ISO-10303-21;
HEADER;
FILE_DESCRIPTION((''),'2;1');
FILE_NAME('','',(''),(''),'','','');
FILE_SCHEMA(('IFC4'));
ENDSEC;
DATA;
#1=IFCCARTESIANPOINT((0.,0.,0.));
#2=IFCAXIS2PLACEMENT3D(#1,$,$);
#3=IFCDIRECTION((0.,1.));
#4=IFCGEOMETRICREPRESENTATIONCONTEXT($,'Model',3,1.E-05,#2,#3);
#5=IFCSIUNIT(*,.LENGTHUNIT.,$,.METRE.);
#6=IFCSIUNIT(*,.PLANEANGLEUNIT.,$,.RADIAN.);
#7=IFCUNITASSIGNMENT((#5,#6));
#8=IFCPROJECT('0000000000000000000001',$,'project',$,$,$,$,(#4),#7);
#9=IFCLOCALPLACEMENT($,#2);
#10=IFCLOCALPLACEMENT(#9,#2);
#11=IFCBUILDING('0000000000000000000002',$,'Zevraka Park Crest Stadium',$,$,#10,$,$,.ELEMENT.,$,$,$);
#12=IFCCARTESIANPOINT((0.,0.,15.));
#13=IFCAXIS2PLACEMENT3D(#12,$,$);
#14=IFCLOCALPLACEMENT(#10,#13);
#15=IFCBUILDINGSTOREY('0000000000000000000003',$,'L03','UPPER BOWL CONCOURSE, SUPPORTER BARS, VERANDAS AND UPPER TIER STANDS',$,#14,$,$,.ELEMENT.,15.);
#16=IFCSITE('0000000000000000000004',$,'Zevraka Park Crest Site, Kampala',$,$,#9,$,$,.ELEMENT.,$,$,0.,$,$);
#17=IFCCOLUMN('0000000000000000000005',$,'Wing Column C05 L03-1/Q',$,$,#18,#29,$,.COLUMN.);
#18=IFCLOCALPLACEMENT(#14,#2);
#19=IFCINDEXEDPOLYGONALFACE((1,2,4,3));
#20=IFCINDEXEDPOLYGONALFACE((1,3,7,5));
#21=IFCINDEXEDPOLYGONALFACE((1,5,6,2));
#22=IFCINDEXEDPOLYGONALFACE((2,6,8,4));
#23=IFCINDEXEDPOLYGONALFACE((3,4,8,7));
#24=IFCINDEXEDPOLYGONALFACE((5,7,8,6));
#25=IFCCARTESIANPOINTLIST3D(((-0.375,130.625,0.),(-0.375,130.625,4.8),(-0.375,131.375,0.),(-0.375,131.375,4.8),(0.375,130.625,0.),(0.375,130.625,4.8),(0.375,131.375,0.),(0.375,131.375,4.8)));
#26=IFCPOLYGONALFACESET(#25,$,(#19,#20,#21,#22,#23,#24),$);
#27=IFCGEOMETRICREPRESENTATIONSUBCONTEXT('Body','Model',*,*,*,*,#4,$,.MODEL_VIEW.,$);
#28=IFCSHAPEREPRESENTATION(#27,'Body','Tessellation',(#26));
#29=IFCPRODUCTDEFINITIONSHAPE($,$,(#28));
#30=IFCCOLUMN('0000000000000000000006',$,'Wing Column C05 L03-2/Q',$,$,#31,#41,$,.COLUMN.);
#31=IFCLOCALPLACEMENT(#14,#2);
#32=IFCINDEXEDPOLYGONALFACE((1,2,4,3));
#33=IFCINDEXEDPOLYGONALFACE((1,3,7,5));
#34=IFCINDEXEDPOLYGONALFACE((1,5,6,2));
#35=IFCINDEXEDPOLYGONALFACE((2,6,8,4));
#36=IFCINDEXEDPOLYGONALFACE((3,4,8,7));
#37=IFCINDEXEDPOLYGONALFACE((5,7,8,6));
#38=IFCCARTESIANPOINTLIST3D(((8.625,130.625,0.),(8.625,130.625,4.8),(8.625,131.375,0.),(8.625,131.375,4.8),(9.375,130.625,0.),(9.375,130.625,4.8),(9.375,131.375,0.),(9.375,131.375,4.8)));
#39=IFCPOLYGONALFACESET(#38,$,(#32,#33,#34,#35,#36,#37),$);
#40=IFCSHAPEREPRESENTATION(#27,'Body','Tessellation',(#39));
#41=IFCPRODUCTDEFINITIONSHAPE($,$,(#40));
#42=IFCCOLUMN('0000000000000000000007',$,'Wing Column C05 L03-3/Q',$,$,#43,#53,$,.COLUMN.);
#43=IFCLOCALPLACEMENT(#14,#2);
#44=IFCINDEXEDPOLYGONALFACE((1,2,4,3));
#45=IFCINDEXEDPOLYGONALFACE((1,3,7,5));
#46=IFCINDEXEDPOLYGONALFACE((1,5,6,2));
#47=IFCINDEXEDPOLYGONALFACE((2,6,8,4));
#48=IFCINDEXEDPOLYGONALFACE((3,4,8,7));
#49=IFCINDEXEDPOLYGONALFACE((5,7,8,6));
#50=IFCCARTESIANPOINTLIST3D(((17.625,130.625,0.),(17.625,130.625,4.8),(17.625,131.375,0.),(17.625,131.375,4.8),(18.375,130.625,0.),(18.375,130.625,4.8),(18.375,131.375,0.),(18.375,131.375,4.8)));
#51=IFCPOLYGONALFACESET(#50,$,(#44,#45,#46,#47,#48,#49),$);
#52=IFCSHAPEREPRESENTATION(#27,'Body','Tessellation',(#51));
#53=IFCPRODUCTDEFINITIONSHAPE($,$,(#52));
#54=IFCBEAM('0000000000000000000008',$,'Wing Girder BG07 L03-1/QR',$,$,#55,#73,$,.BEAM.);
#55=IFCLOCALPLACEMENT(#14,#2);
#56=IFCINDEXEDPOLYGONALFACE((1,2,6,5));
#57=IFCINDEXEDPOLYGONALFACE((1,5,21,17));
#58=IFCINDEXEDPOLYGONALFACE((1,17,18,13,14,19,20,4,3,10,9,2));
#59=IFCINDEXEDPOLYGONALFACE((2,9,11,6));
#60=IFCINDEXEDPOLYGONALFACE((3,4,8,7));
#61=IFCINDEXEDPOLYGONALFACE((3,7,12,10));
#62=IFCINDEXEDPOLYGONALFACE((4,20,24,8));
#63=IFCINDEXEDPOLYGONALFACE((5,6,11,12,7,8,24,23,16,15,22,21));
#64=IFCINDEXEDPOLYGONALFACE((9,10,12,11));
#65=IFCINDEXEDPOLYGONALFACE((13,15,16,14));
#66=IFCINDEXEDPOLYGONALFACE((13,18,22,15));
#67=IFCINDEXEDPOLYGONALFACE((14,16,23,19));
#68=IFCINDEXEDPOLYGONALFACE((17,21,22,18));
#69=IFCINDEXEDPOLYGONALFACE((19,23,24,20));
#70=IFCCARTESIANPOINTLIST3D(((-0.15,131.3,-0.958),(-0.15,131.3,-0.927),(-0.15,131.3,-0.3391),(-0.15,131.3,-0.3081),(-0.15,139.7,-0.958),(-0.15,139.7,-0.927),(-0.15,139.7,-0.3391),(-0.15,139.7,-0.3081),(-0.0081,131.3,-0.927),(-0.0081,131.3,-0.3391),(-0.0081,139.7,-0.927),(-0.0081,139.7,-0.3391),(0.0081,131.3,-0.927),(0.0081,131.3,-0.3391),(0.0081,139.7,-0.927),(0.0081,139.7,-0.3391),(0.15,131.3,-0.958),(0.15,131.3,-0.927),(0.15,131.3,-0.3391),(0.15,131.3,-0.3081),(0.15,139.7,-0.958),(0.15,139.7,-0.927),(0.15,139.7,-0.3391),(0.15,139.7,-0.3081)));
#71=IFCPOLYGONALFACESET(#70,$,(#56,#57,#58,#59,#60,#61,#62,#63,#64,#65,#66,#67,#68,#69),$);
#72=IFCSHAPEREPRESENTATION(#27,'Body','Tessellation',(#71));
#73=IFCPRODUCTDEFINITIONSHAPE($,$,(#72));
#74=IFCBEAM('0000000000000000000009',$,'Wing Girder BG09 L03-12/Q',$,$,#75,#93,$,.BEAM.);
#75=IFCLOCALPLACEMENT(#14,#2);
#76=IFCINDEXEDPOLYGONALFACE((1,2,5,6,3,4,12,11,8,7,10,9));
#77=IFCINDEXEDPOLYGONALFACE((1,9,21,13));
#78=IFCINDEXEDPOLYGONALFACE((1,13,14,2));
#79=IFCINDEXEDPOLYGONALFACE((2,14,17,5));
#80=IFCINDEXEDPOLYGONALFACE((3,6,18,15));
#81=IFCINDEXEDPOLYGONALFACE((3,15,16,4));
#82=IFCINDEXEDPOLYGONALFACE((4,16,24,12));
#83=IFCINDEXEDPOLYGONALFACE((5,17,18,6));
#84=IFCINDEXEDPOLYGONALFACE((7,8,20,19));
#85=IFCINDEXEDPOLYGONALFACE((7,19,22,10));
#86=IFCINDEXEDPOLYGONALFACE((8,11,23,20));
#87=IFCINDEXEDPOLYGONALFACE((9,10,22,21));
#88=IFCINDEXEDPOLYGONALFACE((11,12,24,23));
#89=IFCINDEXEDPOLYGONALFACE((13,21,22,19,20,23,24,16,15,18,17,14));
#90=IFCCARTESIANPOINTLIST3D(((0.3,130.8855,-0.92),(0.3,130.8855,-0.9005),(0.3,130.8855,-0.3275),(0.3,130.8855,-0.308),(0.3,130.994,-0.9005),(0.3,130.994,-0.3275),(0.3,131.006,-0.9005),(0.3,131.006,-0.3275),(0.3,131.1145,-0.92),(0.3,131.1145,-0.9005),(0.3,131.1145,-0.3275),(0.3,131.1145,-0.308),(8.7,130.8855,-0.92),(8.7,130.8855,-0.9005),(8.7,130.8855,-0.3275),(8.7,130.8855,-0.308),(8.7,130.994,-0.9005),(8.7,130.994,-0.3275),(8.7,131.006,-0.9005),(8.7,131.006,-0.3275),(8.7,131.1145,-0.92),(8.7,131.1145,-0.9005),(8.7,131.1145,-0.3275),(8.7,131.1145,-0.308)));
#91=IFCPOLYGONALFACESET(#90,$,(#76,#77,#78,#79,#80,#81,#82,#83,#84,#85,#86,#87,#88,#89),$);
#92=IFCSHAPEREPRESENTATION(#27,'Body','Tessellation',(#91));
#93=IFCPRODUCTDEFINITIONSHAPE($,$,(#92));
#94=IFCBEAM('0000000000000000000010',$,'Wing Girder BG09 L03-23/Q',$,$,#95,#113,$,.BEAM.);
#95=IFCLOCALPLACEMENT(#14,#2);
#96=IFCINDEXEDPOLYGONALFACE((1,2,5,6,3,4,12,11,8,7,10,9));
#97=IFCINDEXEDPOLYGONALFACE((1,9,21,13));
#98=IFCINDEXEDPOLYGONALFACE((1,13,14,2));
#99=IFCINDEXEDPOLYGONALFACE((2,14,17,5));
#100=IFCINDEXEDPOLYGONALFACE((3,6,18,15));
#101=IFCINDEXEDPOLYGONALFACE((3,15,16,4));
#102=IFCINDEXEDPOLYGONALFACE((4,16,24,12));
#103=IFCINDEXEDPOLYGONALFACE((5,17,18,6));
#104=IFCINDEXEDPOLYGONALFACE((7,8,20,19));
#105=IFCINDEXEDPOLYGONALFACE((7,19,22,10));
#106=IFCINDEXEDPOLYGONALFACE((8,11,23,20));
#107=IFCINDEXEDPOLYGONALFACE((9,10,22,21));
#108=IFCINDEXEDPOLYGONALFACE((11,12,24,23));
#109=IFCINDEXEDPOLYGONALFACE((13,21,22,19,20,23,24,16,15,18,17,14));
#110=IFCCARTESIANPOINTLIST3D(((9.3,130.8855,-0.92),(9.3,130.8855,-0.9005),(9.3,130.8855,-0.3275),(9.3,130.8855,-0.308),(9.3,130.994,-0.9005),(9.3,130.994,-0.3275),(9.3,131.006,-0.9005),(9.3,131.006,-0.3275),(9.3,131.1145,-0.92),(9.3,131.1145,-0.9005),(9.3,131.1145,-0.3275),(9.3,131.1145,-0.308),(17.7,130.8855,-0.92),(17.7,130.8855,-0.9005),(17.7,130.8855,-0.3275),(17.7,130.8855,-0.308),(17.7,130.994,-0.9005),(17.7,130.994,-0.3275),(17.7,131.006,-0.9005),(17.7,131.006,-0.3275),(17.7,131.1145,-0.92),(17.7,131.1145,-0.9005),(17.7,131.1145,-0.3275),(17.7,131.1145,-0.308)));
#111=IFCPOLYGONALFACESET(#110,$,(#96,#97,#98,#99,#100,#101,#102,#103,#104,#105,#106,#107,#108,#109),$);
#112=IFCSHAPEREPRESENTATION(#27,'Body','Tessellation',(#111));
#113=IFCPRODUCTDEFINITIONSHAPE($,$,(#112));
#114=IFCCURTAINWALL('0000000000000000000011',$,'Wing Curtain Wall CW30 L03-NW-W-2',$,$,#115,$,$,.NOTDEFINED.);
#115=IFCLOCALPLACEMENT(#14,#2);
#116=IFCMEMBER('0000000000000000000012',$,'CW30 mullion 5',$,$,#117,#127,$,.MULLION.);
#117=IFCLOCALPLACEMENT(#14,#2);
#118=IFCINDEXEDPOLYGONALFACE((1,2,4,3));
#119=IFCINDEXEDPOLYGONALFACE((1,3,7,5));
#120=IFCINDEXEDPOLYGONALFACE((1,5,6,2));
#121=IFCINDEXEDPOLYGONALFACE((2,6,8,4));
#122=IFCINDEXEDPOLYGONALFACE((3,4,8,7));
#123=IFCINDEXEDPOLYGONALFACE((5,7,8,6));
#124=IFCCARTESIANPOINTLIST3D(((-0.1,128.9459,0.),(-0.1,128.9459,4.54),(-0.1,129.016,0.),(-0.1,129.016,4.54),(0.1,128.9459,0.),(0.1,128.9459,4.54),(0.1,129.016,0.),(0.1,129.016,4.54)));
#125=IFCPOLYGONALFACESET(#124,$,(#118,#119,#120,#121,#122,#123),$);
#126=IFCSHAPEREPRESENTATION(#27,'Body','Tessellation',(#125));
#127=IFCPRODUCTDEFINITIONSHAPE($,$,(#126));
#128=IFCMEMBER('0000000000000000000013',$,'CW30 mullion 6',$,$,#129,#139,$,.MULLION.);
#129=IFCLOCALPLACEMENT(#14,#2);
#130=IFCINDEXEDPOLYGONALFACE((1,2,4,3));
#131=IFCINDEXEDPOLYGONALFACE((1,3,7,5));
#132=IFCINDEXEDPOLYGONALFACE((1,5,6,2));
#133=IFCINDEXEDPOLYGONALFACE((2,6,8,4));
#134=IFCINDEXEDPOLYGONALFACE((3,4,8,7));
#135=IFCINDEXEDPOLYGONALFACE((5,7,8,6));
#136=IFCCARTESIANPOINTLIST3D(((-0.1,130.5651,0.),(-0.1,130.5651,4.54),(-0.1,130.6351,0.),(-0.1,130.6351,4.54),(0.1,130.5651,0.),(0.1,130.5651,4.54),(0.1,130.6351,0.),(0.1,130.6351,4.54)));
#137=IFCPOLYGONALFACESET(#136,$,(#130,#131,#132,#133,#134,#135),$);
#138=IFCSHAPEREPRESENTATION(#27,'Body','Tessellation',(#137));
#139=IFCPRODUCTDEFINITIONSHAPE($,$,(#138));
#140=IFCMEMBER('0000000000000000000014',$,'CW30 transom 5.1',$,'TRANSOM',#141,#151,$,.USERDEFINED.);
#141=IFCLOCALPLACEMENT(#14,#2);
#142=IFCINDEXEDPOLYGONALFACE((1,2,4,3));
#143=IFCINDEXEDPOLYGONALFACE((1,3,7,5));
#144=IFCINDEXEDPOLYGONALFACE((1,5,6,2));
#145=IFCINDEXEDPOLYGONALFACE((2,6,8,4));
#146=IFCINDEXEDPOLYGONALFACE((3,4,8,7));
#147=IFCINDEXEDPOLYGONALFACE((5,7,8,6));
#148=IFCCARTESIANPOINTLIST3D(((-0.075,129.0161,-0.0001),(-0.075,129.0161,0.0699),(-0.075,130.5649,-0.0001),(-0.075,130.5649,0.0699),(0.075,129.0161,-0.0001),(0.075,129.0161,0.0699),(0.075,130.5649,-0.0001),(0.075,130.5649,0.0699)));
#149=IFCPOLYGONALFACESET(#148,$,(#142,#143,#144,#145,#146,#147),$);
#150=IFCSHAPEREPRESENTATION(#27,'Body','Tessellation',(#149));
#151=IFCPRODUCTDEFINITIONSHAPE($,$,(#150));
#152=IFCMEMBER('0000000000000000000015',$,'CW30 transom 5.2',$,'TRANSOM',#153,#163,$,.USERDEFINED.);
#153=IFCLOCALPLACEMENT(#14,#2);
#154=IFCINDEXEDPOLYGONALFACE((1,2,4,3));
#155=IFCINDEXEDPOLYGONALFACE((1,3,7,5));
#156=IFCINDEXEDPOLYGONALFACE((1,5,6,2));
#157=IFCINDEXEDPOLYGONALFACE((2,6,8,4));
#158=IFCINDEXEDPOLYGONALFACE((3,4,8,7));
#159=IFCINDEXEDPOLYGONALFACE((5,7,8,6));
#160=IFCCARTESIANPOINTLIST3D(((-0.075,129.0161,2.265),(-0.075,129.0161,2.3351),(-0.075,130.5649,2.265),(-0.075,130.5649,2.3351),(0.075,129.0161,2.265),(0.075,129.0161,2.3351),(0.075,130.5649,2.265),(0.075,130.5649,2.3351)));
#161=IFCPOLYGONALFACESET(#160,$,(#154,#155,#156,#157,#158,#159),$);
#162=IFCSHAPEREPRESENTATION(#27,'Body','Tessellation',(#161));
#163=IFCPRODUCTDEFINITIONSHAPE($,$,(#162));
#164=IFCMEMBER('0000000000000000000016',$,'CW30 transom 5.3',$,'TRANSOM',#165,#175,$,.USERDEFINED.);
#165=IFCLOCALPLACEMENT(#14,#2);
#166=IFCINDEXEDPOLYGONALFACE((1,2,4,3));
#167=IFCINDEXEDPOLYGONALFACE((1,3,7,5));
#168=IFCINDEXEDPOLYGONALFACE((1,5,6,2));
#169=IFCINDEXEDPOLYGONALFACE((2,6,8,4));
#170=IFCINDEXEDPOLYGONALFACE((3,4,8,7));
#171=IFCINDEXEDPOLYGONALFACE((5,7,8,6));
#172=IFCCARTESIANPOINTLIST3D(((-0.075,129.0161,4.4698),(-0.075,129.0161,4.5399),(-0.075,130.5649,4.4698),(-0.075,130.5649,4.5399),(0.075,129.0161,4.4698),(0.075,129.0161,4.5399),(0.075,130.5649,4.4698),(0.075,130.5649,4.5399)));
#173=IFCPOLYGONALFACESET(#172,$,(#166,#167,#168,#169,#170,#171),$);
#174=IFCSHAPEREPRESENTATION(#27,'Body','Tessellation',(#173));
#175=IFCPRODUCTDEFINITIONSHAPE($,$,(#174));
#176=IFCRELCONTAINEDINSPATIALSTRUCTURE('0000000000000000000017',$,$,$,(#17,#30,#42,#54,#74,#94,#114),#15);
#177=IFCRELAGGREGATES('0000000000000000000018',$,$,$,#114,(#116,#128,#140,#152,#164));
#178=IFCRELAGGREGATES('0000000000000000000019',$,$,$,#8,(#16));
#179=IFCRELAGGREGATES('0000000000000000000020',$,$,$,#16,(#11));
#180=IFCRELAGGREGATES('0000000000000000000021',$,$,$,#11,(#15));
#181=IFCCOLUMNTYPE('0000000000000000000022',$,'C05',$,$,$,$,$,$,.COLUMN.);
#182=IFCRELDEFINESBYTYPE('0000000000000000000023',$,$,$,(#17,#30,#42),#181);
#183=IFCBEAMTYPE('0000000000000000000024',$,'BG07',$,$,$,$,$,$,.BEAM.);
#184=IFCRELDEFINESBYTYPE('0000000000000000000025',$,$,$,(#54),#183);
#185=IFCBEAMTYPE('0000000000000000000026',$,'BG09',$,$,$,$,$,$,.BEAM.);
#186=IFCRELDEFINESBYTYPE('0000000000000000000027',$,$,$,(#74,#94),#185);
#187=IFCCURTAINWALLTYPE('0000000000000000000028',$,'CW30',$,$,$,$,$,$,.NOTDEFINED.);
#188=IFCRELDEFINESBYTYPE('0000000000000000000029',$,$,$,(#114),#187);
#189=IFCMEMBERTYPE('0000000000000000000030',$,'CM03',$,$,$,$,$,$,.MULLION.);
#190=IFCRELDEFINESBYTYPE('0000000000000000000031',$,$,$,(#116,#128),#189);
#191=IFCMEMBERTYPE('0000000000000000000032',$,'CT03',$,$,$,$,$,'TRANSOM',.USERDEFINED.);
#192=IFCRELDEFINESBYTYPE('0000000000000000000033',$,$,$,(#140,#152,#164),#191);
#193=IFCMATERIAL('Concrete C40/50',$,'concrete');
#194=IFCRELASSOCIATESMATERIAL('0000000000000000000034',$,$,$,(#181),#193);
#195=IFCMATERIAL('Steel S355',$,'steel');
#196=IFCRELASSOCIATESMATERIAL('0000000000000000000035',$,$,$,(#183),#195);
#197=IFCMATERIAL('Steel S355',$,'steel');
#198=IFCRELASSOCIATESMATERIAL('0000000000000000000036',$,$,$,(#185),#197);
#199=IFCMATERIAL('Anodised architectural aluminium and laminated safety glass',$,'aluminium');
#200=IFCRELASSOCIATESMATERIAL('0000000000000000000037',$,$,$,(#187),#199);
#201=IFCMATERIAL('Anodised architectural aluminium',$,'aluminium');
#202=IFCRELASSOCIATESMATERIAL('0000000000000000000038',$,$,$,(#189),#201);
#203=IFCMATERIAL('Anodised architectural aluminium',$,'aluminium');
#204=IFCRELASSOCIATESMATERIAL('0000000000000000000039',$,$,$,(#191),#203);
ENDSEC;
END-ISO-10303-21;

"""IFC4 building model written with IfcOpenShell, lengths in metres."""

from ifc_helpers import new_model, si_unit, direction, frame, origin, origin_2d, place, context, subcontext, project, spatial, rectangle, i_section, extrude, material, material_profile, profile_set, type_object, element, aggregate, save


model = new_model("IFC4")

# Units and contexts
model_context = context("Model", 3, precision=1e-05, world=origin(), true_north=direction((0.0, 1.0)))
body_context = subcontext(model_context, "Body", "Model", "MODEL_VIEW")
ifc_project = project(units=[si_unit("LENGTHUNIT", "METRE"), si_unit("PLANEANGLEUNIT", "RADIAN")], contexts=[model_context])

# Site, building, storey
site_placement = place(None, origin())
site = spatial("IfcSite", under=ifc_project, at=site_placement, Name="Zevraka Park Crest Site, Kampala", CompositionType="ELEMENT", RefElevation=0.0)
building_placement = place(site_placement, origin())
building = spatial("IfcBuilding", under=site, at=building_placement, Name="Zevraka Park Crest Stadium", CompositionType="ELEMENT")
storey_placement = place(building_placement, frame((0.0, 0.0, 15.0)))
storey = spatial("IfcBuildingStorey", under=building, at=storey_placement, Name="L03", Description="UPPER BOWL CONCOURSE, SUPPORTER BARS, VERANDAS AND UPPER TIER STANDS", CompositionType="ELEMENT", Elevation=15.0)

# Columns
ifc_material_1 = material(Name="Concrete C40/50", Category="concrete")
ifc_material_profile_1 = material_profile(ifc_material_1, rectangle(XDim=0.75, YDim=0.75, at=origin_2d()), Name="RC 750x750")
ifc_profile_set_1 = profile_set([ifc_material_profile_1], Name="Concrete C40/50")
column_type = type_object("IfcColumnType", Name="C05", PredefinedType="COLUMN", material=ifc_profile_set_1)
for number, where, z_axis, x_axis, name in (
    (1, (0.0, 131.0, 0.0), (0.0, 0.0, 1.0), (1.0, 0.0, 0.0), "Wing Column C05 L03-1/Q"),
    (2, (9.0, 131.0, 0.0), (0.0, 0.0, 1.0), (1.0, 0.0, 0.0), "Wing Column C05 L03-2/Q"),
    (3, (18.0, 131.0, 0.0), (0.0, 0.0, 1.0), (1.0, 0.0, 0.0), "Wing Column C05 L03-3/Q"),
):
    element("IfcColumn", number, at=place(storey_placement, frame(where, z_axis=z_axis, x_axis=x_axis)), inside=storey, type_object=column_type, Name=name, PredefinedType="COLUMN", context=body_context, shape_type="SweptSolid", body=[
        extrude(rectangle(XDim=0.75, YDim=0.75, at=origin_2d()), origin(), (0.0, 0.0, 1.0), 4.8),
    ])

# Beams
ifc_material_2 = material(Name="Steel S355", Category="steel")
ifc_material_profile_2 = material_profile(ifc_material_2, i_section(OverallWidth=0.3, OverallDepth=0.6499, WebThickness=0.0161, FlangeThickness=0.031, at=origin_2d()), Name="HEB 650")
ifc_profile_set_2 = profile_set([ifc_material_profile_2], Name="Steel S355")
beam_type_1 = type_object("IfcBeamType", Name="BG07", PredefinedType="BEAM", material=ifc_profile_set_2)
beam_placement = place(storey_placement, frame((0.0, 131.3, -0.6331), z_axis=(0.0, 1.0, 0.0), x_axis=(-1.0, 0.0, 0.0)))
element("IfcBeam", 4, at=beam_placement, inside=storey, type_object=beam_type_1, Name="Wing Girder BG07 L03-1/QR", PredefinedType="BEAM", context=body_context, shape_type="SweptSolid", body=[
    extrude(i_section(OverallWidth=0.3, OverallDepth=0.6499, WebThickness=0.0161, FlangeThickness=0.031, at=origin_2d()), origin(), (0.0, 0.0, 1.0), 8.3999),
])
ifc_material_3 = material(Name="Steel S355", Category="steel")
ifc_material_profile_3 = material_profile(ifc_material_3, i_section(OverallWidth=0.229, OverallDepth=0.6121, WebThickness=0.012, FlangeThickness=0.0195, at=origin_2d()), Name="UKB 610x229x125")
ifc_profile_set_3 = profile_set([ifc_material_profile_3], Name="Steel S355")
beam_type_2 = type_object("IfcBeamType", Name="BG09", PredefinedType="BEAM", material=ifc_profile_set_3)
for number, where, z_axis, x_axis, name in (
    (5, (0.3, 131.0, -0.614), (1.0, 0.0, 0.0), (0.0, 1.0, 0.0), "Wing Girder BG09 L03-12/Q"),
    (6, (9.3, 131.0, -0.614), (1.0, 0.0, 0.0), (0.0, 1.0, 0.0), "Wing Girder BG09 L03-23/Q"),
):
    element("IfcBeam", number, at=place(storey_placement, frame(where, z_axis=z_axis, x_axis=x_axis)), inside=storey, type_object=beam_type_2, Name=name, PredefinedType="BEAM", context=body_context, shape_type="SweptSolid", body=[
        extrude(i_section(OverallWidth=0.229, OverallDepth=0.6121, WebThickness=0.012, FlangeThickness=0.0195, at=origin_2d()), origin(), (0.0, 0.0, 1.0), 8.3999),
    ])

# Curtain wall, members
ifc_material_4 = material(Name="Anodised architectural aluminium and laminated safety glass", Category="aluminium")
curtain_wall_type = type_object("IfcCurtainWallType", Name="CW30", PredefinedType="NOTDEFINED", material=ifc_material_4)
curtain_wall_placement = place(storey_placement, origin())
curtain_wall = element("IfcCurtainWall", 7, at=curtain_wall_placement, inside=storey, type_object=curtain_wall_type, Name="Wing Curtain Wall CW30 L03-NW-W-2", PredefinedType="NOTDEFINED")
ifc_material_5 = material(Name="Anodised architectural aluminium", Category="aluminium")
ifc_material_profile_4 = material_profile(ifc_material_5, rectangle(XDim=0.2, YDim=0.0701, at=origin_2d()), Name="ALU MULLION 200x70")
ifc_profile_set_4 = profile_set([ifc_material_profile_4], Name="Anodised architectural aluminium")
member_type_1 = type_object("IfcMemberType", Name="CM03", PredefinedType="MULLION", material=ifc_profile_set_4)
member_1_placement = place(storey_placement, frame((0.0, 128.981, 0.0), z_axis=(0.0, 0.0, 1.0), x_axis=(-1.0, 0.0, 0.0)))
member_1 = element("IfcMember", 8, at=member_1_placement, type_object=member_type_1, Name="CW30 mullion 5", PredefinedType="MULLION", context=body_context, shape_type="SweptSolid", body=[
    extrude(rectangle(XDim=0.2, YDim=0.0701, at=origin_2d()), origin(), (0.0, 0.0, 1.0), 4.54),
])
member_2_placement = place(storey_placement, frame((0.0, 130.6001, 0.0), z_axis=(0.0, 0.0, 1.0), x_axis=(-1.0, 0.0, 0.0)))
member_2 = element("IfcMember", 9, at=member_2_placement, type_object=member_type_1, Name="CW30 mullion 6", PredefinedType="MULLION", context=body_context, shape_type="SweptSolid", body=[
    extrude(rectangle(XDim=0.2, YDim=0.0701, at=origin_2d()), origin(), (0.0, 0.0, 1.0), 4.54),
])
ifc_material_6 = material(Name="Anodised architectural aluminium", Category="aluminium")
ifc_material_profile_5 = material_profile(ifc_material_6, rectangle(XDim=0.1499, YDim=0.0701, at=origin_2d()), Name="ALU TRANSOM 150x70")
ifc_profile_set_5 = profile_set([ifc_material_profile_5], Name="Anodised architectural aluminium")
member_type_2 = type_object("IfcMemberType", Name="CT03", ElementType="TRANSOM", PredefinedType="USERDEFINED", material=ifc_profile_set_5)
member_3_placement = place(storey_placement, frame((0.0, 129.0161, 0.0349), z_axis=(0.0, 1.0, 0.0), x_axis=(-1.0, 0.0, 0.0)))
member_3 = element("IfcMember", 10, at=member_3_placement, type_object=member_type_2, Name="CW30 transom 5.1", ObjectType="TRANSOM", PredefinedType="USERDEFINED", context=body_context, shape_type="SweptSolid", body=[
    extrude(rectangle(XDim=0.1499, YDim=0.0701, at=origin_2d()), origin(), (0.0, 0.0, 1.0), 1.5488),
])
member_4_placement = place(storey_placement, frame((0.0, 129.0161, 2.3), z_axis=(0.0, 1.0, 0.0), x_axis=(-1.0, 0.0, 0.0)))
member_4 = element("IfcMember", 11, at=member_4_placement, type_object=member_type_2, Name="CW30 transom 5.2", ObjectType="TRANSOM", PredefinedType="USERDEFINED", context=body_context, shape_type="SweptSolid", body=[
    extrude(rectangle(XDim=0.1499, YDim=0.0701, at=origin_2d()), origin(), (0.0, 0.0, 1.0), 1.5488),
])
member_5_placement = place(storey_placement, frame((0.0, 129.0161, 4.5049), z_axis=(0.0, 1.0, 0.0), x_axis=(-1.0, 0.0, 0.0)))
member_5 = element("IfcMember", 12, at=member_5_placement, type_object=member_type_2, Name="CW30 transom 5.3", ObjectType="TRANSOM", PredefinedType="USERDEFINED", context=body_context, shape_type="SweptSolid", body=[
    extrude(rectangle(XDim=0.1499, YDim=0.0701, at=origin_2d()), origin(), (0.0, 0.0, 1.0), 1.5488),
])

aggregate(curtain_wall, [member_1, member_2, member_3, member_4, member_5])

save(model, "model.ifc")
